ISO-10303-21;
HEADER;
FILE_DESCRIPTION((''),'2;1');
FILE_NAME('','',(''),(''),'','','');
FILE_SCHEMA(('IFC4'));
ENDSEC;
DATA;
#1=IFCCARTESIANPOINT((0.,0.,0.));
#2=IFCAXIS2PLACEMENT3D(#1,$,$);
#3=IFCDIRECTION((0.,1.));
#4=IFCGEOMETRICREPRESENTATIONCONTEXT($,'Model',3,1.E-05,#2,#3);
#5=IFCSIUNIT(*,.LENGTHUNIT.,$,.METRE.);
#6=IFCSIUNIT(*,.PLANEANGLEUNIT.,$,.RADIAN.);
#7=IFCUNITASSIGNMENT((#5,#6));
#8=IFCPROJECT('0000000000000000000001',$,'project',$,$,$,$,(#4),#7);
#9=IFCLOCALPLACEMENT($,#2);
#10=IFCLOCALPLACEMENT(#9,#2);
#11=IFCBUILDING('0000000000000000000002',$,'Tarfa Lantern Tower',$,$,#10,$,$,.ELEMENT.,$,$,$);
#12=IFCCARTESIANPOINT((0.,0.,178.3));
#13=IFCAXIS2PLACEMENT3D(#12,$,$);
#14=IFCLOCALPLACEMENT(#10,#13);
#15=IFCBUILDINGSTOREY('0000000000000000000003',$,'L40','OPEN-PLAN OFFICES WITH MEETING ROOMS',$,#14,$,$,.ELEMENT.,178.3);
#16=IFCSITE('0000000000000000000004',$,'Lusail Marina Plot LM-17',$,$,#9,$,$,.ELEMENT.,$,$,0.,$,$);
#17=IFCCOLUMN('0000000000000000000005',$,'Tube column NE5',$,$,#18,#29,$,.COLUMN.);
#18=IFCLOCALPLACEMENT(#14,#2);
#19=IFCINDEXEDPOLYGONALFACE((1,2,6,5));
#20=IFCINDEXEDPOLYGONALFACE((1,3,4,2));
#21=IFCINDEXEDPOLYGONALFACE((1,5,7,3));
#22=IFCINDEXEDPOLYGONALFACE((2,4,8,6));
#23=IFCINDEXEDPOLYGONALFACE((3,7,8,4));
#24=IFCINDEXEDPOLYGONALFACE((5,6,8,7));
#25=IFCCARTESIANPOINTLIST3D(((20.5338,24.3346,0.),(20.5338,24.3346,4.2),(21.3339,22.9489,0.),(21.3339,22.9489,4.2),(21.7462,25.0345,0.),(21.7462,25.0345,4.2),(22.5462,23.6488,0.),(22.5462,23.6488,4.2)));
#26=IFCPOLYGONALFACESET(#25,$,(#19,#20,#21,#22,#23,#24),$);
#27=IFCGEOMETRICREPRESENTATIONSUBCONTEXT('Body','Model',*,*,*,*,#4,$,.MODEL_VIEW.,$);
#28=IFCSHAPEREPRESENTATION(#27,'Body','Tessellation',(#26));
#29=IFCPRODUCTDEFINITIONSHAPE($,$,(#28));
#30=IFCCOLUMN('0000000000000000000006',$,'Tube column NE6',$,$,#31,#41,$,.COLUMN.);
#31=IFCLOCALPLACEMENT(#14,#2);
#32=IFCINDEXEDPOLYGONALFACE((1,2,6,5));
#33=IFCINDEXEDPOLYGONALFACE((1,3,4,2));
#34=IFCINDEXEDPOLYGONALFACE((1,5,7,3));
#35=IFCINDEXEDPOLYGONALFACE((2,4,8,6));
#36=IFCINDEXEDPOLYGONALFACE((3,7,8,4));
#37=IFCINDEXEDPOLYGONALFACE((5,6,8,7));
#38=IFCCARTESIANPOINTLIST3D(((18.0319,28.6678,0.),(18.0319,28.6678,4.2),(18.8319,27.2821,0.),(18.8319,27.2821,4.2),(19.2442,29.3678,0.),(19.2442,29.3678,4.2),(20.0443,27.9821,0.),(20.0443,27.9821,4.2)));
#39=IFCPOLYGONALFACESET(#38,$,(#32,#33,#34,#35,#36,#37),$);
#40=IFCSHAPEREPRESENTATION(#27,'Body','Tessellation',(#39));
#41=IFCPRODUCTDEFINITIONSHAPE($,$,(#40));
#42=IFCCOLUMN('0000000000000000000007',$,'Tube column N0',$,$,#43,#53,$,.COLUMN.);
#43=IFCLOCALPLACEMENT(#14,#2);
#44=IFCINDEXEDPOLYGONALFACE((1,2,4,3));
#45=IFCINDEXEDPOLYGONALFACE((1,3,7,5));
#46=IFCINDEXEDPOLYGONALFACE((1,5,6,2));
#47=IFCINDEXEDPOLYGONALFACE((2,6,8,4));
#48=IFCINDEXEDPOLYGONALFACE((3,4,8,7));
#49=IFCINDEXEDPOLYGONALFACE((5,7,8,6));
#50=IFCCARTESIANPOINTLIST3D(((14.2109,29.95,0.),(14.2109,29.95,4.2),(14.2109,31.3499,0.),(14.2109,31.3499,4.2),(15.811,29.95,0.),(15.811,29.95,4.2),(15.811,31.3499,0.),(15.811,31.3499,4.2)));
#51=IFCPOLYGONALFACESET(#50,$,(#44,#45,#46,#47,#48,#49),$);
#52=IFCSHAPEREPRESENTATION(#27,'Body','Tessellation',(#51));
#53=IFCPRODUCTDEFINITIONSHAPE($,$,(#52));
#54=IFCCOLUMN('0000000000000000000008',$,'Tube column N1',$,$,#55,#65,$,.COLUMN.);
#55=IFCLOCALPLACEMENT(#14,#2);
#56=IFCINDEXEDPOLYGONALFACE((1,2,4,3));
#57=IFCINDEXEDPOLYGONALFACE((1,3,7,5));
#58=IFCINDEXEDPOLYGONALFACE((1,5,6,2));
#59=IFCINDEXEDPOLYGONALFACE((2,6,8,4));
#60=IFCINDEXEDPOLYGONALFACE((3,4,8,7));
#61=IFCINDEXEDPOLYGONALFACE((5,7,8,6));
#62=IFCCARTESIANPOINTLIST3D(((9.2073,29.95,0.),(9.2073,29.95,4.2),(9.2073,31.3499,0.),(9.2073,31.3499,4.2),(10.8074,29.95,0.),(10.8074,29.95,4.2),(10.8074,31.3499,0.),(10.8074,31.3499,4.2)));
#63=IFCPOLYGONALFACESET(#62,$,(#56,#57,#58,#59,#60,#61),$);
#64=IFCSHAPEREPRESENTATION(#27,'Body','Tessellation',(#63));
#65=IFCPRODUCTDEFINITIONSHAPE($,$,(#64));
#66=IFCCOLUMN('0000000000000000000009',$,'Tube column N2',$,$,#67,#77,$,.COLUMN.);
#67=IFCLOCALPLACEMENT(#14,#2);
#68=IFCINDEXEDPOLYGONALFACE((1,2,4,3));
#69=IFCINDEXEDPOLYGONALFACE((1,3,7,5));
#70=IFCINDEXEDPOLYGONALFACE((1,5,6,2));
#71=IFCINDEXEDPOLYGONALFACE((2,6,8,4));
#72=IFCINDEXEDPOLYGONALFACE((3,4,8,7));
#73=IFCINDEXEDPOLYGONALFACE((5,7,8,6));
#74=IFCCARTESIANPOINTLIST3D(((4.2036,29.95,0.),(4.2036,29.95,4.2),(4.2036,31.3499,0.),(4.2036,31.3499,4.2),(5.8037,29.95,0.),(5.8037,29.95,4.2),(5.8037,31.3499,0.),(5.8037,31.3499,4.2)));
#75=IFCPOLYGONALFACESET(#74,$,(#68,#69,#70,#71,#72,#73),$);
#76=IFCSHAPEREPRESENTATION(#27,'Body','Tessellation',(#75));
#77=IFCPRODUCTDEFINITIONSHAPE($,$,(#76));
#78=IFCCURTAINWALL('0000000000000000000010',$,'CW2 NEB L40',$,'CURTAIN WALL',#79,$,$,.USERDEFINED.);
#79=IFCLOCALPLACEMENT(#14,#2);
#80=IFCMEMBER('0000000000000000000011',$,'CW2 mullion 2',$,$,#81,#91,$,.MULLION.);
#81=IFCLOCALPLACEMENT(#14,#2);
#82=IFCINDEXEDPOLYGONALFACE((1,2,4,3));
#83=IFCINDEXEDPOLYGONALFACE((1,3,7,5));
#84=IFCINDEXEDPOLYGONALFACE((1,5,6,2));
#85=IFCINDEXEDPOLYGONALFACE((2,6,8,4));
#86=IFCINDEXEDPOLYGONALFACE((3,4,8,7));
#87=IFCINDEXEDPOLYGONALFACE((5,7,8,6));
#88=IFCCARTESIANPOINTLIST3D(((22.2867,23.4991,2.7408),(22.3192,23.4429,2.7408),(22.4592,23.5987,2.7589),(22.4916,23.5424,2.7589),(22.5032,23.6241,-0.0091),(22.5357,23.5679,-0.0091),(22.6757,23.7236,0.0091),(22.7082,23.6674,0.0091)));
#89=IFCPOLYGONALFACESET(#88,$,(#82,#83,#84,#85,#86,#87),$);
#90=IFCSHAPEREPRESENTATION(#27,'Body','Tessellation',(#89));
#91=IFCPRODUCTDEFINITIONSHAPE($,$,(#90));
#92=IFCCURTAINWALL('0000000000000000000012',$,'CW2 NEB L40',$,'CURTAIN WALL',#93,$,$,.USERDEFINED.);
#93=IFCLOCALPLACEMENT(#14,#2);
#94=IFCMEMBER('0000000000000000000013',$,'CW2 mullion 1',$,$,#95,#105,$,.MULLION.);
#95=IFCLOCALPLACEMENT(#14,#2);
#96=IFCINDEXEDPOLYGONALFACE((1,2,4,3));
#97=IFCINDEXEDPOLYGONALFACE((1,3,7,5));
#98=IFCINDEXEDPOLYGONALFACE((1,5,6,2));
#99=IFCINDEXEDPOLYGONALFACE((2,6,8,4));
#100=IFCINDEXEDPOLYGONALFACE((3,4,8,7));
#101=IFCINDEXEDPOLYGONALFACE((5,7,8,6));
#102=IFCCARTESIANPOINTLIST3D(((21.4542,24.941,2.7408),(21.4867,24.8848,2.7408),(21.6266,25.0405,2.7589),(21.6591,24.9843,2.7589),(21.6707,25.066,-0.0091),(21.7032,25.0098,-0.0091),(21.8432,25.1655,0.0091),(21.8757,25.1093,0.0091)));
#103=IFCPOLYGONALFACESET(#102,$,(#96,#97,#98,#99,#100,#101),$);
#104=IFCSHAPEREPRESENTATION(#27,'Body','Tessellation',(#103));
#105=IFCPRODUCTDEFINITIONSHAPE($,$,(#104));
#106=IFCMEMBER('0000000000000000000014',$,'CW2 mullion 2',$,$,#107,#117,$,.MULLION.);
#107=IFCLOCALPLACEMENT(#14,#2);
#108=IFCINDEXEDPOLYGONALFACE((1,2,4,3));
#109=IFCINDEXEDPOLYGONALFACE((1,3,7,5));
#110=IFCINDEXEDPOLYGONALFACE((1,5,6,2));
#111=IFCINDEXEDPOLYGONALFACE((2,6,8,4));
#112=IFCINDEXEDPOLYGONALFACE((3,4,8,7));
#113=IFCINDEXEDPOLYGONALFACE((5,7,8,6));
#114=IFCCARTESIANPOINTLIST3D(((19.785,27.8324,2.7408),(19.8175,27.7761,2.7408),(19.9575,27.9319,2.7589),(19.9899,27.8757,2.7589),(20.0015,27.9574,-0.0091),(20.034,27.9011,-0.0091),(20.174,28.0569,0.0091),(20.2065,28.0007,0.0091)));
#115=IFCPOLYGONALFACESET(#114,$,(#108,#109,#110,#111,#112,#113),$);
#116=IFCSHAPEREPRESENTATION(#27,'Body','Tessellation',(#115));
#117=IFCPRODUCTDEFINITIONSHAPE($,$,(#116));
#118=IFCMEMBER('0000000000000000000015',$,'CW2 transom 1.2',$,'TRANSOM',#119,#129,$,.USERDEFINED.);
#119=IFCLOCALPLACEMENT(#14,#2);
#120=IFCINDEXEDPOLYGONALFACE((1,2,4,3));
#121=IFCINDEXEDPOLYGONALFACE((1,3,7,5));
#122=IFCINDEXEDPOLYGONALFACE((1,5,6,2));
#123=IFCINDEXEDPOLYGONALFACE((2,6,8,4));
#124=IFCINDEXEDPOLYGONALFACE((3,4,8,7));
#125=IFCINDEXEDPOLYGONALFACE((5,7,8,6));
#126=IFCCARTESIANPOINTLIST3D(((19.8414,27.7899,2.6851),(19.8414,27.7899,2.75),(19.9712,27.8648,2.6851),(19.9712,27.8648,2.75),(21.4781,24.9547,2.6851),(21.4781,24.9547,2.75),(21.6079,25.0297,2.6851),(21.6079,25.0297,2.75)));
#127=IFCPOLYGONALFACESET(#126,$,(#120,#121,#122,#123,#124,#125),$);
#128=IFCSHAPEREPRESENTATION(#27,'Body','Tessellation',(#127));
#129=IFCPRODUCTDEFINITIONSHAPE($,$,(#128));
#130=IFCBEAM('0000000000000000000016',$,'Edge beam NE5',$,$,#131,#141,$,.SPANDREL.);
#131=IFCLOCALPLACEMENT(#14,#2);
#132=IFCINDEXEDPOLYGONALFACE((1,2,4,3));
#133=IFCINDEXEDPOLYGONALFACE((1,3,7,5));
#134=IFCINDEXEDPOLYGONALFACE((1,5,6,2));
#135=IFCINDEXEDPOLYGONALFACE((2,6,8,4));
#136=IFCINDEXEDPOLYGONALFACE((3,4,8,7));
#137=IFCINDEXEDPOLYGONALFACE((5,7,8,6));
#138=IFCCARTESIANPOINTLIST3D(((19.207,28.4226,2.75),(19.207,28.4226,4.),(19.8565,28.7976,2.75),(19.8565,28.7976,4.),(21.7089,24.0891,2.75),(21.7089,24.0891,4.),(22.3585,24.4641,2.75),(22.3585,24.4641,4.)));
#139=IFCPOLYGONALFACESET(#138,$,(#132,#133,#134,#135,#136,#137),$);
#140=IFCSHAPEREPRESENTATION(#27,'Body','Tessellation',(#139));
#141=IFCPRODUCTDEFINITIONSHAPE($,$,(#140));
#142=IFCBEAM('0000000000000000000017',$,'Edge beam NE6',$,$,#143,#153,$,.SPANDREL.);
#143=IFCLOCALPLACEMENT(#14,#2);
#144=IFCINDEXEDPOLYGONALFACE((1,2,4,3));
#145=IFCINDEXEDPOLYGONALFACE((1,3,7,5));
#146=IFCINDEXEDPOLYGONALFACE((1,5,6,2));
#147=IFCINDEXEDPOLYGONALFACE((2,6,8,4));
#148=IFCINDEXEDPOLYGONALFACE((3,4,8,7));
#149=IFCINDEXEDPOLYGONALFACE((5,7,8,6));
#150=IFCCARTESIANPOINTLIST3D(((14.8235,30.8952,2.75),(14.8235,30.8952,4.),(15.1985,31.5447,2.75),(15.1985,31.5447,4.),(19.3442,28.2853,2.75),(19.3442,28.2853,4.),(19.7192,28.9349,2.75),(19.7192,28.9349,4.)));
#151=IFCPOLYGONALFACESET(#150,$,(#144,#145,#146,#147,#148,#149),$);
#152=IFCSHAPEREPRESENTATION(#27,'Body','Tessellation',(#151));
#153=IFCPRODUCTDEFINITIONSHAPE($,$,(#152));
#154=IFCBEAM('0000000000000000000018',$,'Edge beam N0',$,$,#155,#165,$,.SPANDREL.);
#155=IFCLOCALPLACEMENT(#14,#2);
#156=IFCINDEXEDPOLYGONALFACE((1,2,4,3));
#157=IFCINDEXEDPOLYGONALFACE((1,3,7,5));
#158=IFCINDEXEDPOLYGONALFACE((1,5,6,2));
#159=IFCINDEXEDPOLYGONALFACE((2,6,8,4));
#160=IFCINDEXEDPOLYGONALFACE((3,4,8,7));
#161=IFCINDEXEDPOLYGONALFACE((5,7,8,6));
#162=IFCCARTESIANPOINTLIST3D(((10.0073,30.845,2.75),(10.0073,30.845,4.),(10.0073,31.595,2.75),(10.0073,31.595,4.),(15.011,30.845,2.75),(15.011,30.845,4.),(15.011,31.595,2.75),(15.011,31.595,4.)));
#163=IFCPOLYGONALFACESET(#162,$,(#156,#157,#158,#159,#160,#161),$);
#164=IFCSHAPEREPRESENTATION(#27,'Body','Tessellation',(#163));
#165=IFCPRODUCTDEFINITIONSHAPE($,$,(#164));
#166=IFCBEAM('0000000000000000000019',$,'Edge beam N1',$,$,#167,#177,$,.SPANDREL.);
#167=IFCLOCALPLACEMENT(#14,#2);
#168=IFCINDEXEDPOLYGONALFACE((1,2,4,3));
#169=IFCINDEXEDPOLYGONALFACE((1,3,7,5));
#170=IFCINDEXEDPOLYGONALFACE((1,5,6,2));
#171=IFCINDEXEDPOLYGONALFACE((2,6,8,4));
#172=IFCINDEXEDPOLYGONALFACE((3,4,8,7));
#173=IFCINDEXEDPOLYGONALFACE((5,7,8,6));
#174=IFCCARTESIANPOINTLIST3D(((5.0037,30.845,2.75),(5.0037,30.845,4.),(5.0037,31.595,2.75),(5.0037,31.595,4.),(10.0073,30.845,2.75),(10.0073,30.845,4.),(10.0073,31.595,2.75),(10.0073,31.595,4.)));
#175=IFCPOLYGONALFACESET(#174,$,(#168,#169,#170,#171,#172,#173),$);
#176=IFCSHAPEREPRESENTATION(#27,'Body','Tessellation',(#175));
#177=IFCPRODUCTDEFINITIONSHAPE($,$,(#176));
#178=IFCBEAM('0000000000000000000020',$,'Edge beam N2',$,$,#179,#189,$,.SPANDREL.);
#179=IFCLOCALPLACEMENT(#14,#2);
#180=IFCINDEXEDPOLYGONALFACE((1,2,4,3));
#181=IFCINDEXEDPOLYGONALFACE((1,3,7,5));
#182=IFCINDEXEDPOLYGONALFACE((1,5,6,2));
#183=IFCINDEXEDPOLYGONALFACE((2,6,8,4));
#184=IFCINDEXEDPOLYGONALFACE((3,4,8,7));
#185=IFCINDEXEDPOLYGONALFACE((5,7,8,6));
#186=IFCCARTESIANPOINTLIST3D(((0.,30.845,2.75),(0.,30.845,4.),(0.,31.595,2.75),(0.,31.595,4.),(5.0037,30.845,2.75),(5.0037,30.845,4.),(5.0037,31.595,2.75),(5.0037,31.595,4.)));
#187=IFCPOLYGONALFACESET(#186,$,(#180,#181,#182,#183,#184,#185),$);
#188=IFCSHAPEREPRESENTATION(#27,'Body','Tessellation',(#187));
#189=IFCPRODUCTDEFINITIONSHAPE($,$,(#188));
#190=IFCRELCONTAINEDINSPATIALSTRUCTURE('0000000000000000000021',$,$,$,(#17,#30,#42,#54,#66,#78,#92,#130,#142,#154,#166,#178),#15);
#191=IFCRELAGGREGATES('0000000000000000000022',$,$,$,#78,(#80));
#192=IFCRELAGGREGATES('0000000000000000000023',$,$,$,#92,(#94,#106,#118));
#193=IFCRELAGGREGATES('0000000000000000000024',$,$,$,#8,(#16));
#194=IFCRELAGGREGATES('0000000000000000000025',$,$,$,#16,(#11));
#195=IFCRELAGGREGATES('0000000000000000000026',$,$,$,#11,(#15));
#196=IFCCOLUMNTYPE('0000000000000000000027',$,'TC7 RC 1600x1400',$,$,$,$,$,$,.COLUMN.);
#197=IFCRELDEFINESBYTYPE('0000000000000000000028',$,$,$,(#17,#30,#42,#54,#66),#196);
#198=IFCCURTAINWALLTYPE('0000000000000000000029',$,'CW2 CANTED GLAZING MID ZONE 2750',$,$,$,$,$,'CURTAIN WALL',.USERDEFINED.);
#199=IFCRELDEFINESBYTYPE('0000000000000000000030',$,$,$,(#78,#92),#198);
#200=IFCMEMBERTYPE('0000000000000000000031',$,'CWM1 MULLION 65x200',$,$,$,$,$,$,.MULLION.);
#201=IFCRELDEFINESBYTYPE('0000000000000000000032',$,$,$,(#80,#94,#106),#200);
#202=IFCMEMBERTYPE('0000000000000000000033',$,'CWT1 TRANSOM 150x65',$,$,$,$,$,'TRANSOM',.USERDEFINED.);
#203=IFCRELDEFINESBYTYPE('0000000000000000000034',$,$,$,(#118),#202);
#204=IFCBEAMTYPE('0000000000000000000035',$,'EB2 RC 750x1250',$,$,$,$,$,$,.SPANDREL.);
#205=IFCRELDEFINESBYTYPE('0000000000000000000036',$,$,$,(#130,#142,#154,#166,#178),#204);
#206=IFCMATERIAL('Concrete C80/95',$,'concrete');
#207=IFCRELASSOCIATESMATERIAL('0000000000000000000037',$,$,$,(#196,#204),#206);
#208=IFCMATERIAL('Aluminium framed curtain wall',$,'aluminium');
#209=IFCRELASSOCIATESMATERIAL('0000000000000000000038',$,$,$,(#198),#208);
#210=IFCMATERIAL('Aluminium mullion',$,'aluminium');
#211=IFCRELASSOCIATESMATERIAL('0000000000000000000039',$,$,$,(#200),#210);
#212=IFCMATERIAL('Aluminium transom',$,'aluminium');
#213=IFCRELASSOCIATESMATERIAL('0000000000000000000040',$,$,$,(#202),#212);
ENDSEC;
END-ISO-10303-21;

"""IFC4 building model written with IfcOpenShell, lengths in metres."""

from ifc_helpers import new_model, si_unit, direction, frame, origin, origin_2d, place, context, subcontext, project, spatial, rectangle, extrude, material, material_profile, profile_set, type_object, element, aggregate, save


model = new_model("IFC4")

# Units and contexts
model_context = context("Model", 3, precision=1e-05, world=origin(), true_north=direction((0.0, 1.0)))
body_context = subcontext(model_context, "Body", "Model", "MODEL_VIEW")
ifc_project = project(units=[si_unit("LENGTHUNIT", "METRE"), si_unit("PLANEANGLEUNIT", "RADIAN")], contexts=[model_context])

# Site, building, storey
site_placement = place(None, origin())
site = spatial("IfcSite", under=ifc_project, at=site_placement, Name="Lusail Marina Plot LM-17", CompositionType="ELEMENT", RefElevation=0.0)
building_placement = place(site_placement, origin())
building = spatial("IfcBuilding", under=site, at=building_placement, Name="Tarfa Lantern Tower", CompositionType="ELEMENT")
storey_placement = place(building_placement, frame((0.0, 0.0, 178.3)))
storey = spatial("IfcBuildingStorey", under=building, at=storey_placement, Name="L40", Description="OPEN-PLAN OFFICES WITH MEETING ROOMS", CompositionType="ELEMENT", Elevation=178.3)

# Columns
ifc_material_1 = material(Name="Concrete C80/95", Category="concrete")
ifc_material_profile_1 = material_profile(ifc_material_1, rectangle(XDim=1.6001, YDim=1.3999, at=origin_2d()), Name="RC 1600x1400")
ifc_profile_set_1 = profile_set([ifc_material_profile_1], Name="Concrete C80/95")
column_type = type_object("IfcColumnType", Name="TC7 RC 1600x1400", PredefinedType="COLUMN", material=ifc_profile_set_1)
for number, where, z_axis, x_axis, name in (
    (1, (21.54, 23.9917, 0.0), (0.0, 0.0, 1.0), (-0.5, 0.866025, 0.0), "Tube column NE5"),
    (2, (19.0381, 28.325, 0.0), (0.0, 0.0, 1.0), (-0.5, 0.866025, 0.0), "Tube column NE6"),
    (3, (15.011, 30.6499, 0.0), (0.0, 0.0, 1.0), (-1.0, 0.0, 0.0), "Tube column N0"),
    (4, (10.0073, 30.6499, 0.0), (0.0, 0.0, 1.0), (-1.0, 0.0, 0.0), "Tube column N1"),
    (5, (5.0037, 30.6499, 0.0), (0.0, 0.0, 1.0), (-1.0, 0.0, 0.0), "Tube column N2"),
):
    element("IfcColumn", number, at=place(storey_placement, frame(where, z_axis=z_axis, x_axis=x_axis)), inside=storey, type_object=column_type, Name=name, PredefinedType="COLUMN", context=body_context, shape_type="SweptSolid", body=[
        extrude(rectangle(XDim=1.6001, YDim=1.3999, at=origin_2d()), origin(), (0.0, 0.0, 1.0), 4.2),
    ])

# Curtain wall, member
ifc_material_2 = material(Name="Aluminium framed curtain wall", Category="aluminium")
curtain_wall_type = type_object("IfcCurtainWallType", Name="CW2 CANTED GLAZING MID ZONE 2750", ElementType="CURTAIN WALL", PredefinedType="USERDEFINED", material=ifc_material_2)
curtain_wall_1_placement = place(storey_placement, origin())
curtain_wall_1 = element("IfcCurtainWall", 6, at=curtain_wall_1_placement, inside=storey, type_object=curtain_wall_type, Name="CW2 NEB L40", ObjectType="CURTAIN WALL", PredefinedType="USERDEFINED")
ifc_material_3 = material(Name="Aluminium mullion", Category="aluminium")
ifc_material_profile_2 = material_profile(ifc_material_3, rectangle(XDim=0.0649, YDim=0.2, at=origin_2d()), Name="AL MULLION 65x200")
ifc_profile_set_2 = profile_set([ifc_material_profile_2], Name="Aluminium mullion")
member_type_1 = type_object("IfcMemberType", Name="CWM1 MULLION 65x200", PredefinedType="MULLION", material=ifc_profile_set_2)
member_1_placement = place(storey_placement, frame((22.6057, 23.6458, 0.0), z_axis=(-0.078423, -0.045268, 0.995892), x_axis=(0.49992, -0.866072, 0.0)))
member_1 = element("IfcMember", 7, at=member_1_placement, type_object=member_type_1, Name="CW2 mullion 2", PredefinedType="MULLION", context=body_context, shape_type="SweptSolid", body=[
    extrude(rectangle(XDim=0.0649, YDim=0.2, at=origin_2d()), origin(), (0.0, 0.0, 1.0), 2.7612),
])
aggregate(curtain_wall_1, [member_1])

# Curtain wall, members
curtain_wall_2_placement = place(storey_placement, origin())
curtain_wall_2 = element("IfcCurtainWall", 8, at=curtain_wall_2_placement, inside=storey, type_object=curtain_wall_type, Name="CW2 NEB L40", ObjectType="CURTAIN WALL", PredefinedType="USERDEFINED")
member_2_placement = place(storey_placement, frame((21.7732, 25.0876, 0.0), z_axis=(-0.078423, -0.045268, 0.995892), x_axis=(0.49992, -0.866072, 0.0)))
member_2 = element("IfcMember", 9, at=member_2_placement, type_object=member_type_1, Name="CW2 mullion 1", PredefinedType="MULLION", context=body_context, shape_type="SweptSolid", body=[
    extrude(rectangle(XDim=0.0649, YDim=0.2, at=origin_2d()), origin(), (0.0, 0.0, 1.0), 2.7612),
])
member_3_placement = place(storey_placement, frame((20.104, 27.979, 0.0), z_axis=(-0.078423, -0.045268, 0.995892), x_axis=(0.49992, -0.866072, 0.0)))
member_3 = element("IfcMember", 10, at=member_3_placement, type_object=member_type_1, Name="CW2 mullion 2", PredefinedType="MULLION", context=body_context, shape_type="SweptSolid", body=[
    extrude(rectangle(XDim=0.0649, YDim=0.2, at=origin_2d()), origin(), (0.0, 0.0, 1.0), 2.7612),
])
ifc_material_4 = material(Name="Aluminium transom", Category="aluminium")
ifc_material_profile_3 = material_profile(ifc_material_4, rectangle(XDim=0.1499, YDim=0.0649, at=origin_2d()), Name="AL TRANSOM 150x65")
ifc_profile_set_3 = profile_set([ifc_material_profile_3], Name="Aluminium transom")
member_type_2 = type_object("IfcMemberType", Name="CWT1 TRANSOM 150x65", ElementType="TRANSOM", PredefinedType="USERDEFINED", material=ifc_profile_set_3)
member_4_placement = place(storey_placement, frame((21.543, 24.9922, 2.7175), z_axis=(-0.499957, 0.86605, 0.0), x_axis=(-0.86605, -0.499957, 0.0)))
member_4 = element("IfcMember", 11, at=member_4_placement, type_object=member_type_2, Name="CW2 transom 1.2", ObjectType="TRANSOM", PredefinedType="USERDEFINED", context=body_context, shape_type="SweptSolid", body=[
    extrude(rectangle(XDim=0.1499, YDim=0.0649, at=origin_2d()), origin(), (0.0, 0.0, 1.0), 3.2737),
])

# Beams
ifc_material_profile_4 = material_profile(ifc_material_1, rectangle(XDim=0.75, YDim=1.25, at=origin_2d()), Name="RC 750x1250")
ifc_profile_set_4 = profile_set([ifc_material_profile_4], Name="Concrete C80/95")
beam_type_1 = type_object("IfcBeamType", Name="EB2 RC 750x1250", PredefinedType="SPANDREL", material=ifc_profile_set_4)
beam_1_placement = place(storey_placement, frame((22.0337, 24.2766, 3.375), z_axis=(-0.500001, 0.866025, 0.0), x_axis=(-0.866025, -0.500001, 0.0)))
element("IfcBeam", 12, at=beam_1_placement, inside=storey, type_object=beam_type_1, Name="Edge beam NE5", PredefinedType="SPANDREL", context=body_context, shape_type="SweptSolid", body=[
    extrude(rectangle(XDim=0.75, YDim=1.25, at=origin_2d()), origin(), (0.0, 0.0, 1.0), 5.0039),
])
beam_2_placement = place(storey_placement, frame((19.5317, 28.6101, 3.375), z_axis=(-0.866042, 0.499972, 0.0), x_axis=(-0.499972, -0.866042, 0.0)))
element("IfcBeam", 13, at=beam_2_placement, inside=storey, type_object=beam_type_1, Name="Edge beam NE6", PredefinedType="SPANDREL", context=body_context, shape_type="SweptSolid", body=[
    extrude(rectangle(XDim=0.75, YDim=1.25, at=origin_2d()), origin(), (0.0, 0.0, 1.0), 5.22),
])
for number, where, z_axis, x_axis, name in (
    (14, (15.011, 31.22, 3.375), (-1.0, 0.0, 0.0), (0.0, -1.0, 0.0), "Edge beam N0"),
    (15, (10.0073, 31.22, 3.375), (-1.0, 0.0, 0.0), (0.0, -1.0, 0.0), "Edge beam N1"),
    (16, (5.0037, 31.22, 3.375), (-1.0, 0.0, 0.0), (0.0, -1.0, 0.0), "Edge beam N2"),
):
    element("IfcBeam", number, at=place(storey_placement, frame(where, z_axis=z_axis, x_axis=x_axis)), inside=storey, type_object=beam_type_1, Name=name, PredefinedType="SPANDREL", context=body_context, shape_type="SweptSolid", body=[
        extrude(rectangle(XDim=0.75, YDim=1.25, at=origin_2d()), origin(), (0.0, 0.0, 1.0), 5.0037),
    ])

aggregate(curtain_wall_2, [member_2, member_3, member_4])

save(model, "model.ifc")
